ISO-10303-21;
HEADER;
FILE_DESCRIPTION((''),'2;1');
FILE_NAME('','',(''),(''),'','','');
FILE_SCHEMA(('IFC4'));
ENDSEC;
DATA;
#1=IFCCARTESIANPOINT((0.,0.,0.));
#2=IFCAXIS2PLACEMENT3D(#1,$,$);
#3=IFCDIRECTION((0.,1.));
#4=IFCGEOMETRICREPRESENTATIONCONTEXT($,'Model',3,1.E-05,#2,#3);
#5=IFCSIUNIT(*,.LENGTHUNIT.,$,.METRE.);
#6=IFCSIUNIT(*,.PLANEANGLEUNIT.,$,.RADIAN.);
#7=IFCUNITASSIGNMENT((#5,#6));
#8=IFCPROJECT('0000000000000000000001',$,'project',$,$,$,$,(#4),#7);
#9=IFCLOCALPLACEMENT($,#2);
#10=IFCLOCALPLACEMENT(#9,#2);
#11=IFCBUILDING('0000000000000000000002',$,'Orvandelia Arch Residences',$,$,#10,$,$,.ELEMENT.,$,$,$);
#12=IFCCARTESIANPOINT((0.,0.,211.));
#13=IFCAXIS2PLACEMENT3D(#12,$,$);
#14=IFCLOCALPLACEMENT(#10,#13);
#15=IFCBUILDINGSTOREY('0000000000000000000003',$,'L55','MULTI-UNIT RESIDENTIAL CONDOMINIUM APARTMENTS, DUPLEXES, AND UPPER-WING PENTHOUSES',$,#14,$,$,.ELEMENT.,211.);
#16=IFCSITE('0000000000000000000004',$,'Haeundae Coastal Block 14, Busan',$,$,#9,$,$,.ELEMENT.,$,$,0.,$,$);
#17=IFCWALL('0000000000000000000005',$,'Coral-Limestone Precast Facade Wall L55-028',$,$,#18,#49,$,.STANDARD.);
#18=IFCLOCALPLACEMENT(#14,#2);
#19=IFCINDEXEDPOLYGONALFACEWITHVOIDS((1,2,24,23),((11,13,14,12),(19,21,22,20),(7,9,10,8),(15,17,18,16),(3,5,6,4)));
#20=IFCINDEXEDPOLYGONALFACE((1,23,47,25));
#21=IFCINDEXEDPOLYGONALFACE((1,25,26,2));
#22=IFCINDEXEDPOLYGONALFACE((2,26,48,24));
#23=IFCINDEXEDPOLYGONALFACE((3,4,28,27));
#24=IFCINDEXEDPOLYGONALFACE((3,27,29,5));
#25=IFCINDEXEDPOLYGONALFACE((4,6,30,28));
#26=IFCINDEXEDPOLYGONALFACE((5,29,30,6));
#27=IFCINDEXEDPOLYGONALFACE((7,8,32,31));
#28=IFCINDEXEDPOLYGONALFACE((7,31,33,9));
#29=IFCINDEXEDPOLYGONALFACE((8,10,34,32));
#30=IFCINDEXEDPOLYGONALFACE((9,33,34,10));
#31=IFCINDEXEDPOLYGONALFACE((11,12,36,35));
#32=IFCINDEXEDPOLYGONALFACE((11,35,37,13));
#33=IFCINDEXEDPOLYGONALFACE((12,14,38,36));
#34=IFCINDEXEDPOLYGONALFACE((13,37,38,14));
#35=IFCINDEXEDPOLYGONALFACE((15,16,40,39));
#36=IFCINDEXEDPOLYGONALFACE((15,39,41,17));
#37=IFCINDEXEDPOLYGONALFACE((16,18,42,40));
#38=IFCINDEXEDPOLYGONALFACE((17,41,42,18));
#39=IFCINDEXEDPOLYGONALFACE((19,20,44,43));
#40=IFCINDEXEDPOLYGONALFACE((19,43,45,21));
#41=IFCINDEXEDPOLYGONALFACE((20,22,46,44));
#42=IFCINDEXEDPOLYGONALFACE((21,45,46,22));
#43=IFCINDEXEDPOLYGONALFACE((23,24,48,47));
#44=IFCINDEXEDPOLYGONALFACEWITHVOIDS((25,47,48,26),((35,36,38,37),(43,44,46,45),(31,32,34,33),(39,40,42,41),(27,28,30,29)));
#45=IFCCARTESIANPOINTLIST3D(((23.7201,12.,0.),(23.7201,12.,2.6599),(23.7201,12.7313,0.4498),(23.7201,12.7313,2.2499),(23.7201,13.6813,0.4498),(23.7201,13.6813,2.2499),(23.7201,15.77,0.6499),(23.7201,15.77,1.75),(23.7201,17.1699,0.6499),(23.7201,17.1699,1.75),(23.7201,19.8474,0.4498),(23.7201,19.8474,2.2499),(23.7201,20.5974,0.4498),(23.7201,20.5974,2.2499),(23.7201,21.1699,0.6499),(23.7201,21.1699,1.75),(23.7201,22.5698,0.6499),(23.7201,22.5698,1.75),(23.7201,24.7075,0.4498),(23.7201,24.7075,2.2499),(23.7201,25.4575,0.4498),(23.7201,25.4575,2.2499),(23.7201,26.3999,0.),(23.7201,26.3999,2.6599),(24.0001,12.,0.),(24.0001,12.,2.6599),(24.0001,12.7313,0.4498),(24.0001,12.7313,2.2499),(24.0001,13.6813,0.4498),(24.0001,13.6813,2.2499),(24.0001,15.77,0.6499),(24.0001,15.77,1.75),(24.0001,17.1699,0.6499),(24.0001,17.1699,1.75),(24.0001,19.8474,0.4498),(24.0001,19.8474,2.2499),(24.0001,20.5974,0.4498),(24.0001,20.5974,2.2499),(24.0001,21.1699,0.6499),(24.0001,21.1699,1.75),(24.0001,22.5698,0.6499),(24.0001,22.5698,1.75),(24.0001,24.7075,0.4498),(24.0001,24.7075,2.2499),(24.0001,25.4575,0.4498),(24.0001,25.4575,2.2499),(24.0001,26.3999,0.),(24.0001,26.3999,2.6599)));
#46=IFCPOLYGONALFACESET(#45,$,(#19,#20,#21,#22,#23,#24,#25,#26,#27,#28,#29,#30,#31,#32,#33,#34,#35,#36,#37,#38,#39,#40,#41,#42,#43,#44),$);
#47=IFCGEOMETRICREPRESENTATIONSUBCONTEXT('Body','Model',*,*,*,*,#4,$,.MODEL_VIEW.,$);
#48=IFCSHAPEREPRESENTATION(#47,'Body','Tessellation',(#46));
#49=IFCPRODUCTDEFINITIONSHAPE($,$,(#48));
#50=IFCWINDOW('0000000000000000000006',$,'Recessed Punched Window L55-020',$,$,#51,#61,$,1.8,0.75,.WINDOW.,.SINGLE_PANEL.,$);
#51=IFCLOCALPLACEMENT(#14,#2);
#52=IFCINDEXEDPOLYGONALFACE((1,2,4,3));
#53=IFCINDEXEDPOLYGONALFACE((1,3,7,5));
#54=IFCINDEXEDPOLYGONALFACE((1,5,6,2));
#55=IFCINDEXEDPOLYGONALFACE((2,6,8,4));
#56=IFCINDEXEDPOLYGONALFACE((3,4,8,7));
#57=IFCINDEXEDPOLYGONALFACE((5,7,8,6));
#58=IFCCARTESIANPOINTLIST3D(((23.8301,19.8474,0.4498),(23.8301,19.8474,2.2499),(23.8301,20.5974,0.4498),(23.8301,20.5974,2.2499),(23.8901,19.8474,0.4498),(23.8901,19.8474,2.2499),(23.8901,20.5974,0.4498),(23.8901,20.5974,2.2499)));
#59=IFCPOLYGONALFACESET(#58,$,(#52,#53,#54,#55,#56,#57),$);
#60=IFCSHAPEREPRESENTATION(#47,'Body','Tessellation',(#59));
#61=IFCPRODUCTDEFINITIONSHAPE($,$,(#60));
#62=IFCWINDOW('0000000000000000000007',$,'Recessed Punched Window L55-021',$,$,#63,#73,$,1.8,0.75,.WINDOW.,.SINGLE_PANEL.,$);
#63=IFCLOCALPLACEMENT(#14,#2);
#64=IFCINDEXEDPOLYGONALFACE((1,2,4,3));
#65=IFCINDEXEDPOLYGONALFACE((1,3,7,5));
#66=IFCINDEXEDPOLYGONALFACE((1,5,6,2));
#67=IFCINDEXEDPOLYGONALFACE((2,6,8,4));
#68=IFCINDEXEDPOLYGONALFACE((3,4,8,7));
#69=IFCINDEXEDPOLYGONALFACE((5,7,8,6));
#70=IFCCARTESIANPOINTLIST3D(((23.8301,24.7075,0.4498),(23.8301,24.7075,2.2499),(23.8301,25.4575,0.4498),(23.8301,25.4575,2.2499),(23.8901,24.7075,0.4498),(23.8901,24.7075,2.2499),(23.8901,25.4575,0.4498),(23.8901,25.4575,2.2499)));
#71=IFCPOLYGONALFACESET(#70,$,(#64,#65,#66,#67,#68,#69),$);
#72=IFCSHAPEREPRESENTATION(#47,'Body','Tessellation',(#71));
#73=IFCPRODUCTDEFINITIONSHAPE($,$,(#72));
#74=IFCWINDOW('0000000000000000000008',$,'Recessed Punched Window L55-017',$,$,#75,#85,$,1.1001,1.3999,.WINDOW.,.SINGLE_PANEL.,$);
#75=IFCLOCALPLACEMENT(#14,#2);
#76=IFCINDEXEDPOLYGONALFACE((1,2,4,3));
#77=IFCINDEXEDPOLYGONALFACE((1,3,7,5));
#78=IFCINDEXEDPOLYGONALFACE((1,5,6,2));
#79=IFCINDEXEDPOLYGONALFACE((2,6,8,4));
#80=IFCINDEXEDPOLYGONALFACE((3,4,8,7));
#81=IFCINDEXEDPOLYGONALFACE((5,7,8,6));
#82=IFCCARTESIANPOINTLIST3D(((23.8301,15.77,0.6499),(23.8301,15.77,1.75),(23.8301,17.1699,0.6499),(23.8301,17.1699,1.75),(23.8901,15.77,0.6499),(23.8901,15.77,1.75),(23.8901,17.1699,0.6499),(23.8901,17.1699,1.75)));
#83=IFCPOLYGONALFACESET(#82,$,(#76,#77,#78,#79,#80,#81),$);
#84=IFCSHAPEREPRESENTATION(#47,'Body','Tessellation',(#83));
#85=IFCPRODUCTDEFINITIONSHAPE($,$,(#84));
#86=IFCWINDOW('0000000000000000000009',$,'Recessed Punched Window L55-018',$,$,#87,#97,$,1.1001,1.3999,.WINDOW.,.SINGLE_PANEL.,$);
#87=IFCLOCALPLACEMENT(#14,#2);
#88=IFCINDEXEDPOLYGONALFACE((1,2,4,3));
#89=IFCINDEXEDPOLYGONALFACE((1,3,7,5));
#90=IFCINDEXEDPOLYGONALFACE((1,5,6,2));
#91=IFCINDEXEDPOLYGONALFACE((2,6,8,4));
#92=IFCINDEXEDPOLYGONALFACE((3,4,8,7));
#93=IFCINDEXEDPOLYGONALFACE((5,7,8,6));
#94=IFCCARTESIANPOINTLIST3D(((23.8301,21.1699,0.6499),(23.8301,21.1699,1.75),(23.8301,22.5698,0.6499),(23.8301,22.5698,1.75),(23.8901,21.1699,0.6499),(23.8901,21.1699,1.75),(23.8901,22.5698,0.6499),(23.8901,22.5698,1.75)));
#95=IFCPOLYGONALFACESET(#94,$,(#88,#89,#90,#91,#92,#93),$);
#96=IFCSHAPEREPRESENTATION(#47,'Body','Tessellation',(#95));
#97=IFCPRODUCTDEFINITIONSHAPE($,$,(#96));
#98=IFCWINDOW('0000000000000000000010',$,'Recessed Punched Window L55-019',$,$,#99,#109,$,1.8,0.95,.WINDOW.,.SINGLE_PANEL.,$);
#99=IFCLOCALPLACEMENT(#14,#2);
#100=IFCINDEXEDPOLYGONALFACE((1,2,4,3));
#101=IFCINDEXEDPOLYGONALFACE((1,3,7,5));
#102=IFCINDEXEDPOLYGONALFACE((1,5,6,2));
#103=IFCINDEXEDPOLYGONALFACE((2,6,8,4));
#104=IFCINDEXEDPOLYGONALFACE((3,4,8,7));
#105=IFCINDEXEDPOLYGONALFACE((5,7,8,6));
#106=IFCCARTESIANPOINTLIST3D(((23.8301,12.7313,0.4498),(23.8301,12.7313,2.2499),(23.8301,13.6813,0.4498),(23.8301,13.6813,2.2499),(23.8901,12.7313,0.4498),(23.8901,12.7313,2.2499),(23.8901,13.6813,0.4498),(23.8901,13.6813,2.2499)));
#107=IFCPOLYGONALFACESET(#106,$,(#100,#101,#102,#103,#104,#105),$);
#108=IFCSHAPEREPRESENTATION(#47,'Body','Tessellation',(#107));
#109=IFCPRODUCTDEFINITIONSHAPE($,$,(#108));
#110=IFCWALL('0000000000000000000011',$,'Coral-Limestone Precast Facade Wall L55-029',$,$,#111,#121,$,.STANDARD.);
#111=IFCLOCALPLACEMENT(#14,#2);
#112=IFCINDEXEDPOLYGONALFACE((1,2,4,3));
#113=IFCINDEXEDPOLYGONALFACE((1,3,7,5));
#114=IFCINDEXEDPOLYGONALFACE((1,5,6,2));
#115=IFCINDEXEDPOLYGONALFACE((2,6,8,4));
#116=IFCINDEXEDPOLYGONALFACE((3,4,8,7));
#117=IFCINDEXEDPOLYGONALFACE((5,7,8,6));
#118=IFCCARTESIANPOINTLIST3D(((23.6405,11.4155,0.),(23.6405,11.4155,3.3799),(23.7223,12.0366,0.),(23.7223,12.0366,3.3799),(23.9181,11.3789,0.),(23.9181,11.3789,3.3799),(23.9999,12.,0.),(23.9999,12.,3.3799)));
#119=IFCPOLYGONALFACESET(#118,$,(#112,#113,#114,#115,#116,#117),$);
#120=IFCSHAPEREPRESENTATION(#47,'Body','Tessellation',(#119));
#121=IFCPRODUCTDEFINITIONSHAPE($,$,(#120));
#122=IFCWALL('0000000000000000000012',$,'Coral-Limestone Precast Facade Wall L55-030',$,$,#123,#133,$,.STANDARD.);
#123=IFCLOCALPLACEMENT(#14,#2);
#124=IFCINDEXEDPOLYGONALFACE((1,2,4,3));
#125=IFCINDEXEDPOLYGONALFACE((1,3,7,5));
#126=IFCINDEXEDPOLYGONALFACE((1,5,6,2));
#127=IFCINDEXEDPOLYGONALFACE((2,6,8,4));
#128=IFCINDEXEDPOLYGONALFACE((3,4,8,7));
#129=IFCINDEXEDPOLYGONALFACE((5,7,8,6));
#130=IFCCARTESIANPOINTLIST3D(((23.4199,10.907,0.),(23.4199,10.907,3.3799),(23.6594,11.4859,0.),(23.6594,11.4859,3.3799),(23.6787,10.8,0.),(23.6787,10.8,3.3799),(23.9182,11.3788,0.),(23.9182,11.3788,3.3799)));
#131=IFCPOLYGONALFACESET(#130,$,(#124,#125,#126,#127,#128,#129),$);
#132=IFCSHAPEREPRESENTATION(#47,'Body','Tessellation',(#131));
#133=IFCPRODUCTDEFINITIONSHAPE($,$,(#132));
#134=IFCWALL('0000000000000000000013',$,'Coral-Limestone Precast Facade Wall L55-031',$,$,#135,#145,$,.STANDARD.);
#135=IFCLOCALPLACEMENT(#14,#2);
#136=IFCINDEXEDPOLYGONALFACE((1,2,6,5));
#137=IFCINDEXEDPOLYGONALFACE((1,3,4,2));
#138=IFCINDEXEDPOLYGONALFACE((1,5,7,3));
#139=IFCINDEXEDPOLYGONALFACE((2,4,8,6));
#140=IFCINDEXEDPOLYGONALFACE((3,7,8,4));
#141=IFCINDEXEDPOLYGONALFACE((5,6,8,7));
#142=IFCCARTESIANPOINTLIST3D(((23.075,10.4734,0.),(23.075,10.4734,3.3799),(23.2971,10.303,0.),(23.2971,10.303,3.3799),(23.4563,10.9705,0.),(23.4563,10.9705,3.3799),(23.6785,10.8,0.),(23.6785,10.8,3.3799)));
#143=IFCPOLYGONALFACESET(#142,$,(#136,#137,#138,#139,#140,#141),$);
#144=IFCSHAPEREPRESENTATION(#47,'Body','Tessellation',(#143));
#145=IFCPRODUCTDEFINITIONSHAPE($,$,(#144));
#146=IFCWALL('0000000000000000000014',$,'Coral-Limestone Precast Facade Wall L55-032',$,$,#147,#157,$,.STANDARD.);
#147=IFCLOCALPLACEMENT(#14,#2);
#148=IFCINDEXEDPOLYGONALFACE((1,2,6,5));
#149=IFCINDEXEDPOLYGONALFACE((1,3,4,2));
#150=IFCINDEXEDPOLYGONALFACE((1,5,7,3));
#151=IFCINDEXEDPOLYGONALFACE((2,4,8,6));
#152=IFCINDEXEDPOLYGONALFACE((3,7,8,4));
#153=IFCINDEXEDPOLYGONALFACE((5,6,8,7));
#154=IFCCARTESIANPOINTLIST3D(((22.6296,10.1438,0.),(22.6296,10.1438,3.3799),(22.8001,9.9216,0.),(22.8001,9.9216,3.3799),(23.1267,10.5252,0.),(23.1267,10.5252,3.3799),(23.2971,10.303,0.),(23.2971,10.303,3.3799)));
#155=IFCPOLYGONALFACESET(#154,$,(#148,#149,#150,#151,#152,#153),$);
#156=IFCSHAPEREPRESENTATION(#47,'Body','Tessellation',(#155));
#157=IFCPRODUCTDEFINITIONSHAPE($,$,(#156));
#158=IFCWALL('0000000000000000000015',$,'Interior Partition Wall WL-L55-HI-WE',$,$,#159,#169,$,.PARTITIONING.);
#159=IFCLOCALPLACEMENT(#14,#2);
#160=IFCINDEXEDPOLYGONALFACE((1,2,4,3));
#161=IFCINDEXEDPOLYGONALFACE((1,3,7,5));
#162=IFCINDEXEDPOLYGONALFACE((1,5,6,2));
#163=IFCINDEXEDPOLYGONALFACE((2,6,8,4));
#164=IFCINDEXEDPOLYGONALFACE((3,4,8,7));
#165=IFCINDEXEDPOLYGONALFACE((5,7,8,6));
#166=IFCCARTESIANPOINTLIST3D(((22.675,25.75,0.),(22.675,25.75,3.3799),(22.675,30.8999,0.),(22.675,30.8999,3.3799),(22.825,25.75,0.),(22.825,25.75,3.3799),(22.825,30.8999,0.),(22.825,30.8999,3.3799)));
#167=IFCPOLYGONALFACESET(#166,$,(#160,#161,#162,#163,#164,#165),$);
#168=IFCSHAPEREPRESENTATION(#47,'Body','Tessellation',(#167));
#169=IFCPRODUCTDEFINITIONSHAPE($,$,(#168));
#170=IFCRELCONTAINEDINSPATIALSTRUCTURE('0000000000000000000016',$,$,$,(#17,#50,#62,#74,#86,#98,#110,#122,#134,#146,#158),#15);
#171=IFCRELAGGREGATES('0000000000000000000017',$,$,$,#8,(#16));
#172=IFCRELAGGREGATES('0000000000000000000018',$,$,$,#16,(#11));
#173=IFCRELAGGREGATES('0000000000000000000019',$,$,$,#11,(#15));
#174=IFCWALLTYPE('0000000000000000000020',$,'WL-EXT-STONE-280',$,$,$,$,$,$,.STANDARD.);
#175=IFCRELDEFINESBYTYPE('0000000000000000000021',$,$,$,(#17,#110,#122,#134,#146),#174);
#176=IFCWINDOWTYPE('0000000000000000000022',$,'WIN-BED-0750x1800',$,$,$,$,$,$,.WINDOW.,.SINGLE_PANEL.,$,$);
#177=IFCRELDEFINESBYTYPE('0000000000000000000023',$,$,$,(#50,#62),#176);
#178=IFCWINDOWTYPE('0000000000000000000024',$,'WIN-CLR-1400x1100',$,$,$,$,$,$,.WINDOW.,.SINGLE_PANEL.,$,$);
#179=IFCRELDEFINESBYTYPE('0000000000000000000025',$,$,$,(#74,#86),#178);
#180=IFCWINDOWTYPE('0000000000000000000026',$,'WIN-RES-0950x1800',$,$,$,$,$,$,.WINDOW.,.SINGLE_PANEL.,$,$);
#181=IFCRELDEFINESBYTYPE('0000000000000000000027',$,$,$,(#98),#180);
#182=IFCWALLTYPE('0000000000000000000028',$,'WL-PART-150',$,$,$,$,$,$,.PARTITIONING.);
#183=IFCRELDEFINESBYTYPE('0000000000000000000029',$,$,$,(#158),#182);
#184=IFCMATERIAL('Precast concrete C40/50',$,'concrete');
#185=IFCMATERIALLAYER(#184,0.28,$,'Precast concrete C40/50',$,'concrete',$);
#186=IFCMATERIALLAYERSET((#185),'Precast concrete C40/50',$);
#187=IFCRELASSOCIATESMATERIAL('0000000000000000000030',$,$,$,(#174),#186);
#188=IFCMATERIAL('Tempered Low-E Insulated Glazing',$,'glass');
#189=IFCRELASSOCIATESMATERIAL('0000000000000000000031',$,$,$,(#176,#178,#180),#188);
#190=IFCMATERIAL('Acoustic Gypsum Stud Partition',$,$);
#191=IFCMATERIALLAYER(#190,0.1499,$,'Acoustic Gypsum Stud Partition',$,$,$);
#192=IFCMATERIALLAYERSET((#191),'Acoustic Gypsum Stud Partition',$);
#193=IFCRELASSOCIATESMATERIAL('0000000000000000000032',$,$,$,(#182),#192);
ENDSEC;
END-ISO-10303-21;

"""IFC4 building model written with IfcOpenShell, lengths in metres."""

from ifc_helpers import new_model, si_unit, direction, frame, frame_2d, origin, place, context, subcontext, project, spatial, rectangle, extrude, material, layer, layer_set, type_object, element, fill, save


model = new_model("IFC4")

# Units and contexts
model_context = context("Model", 3, precision=1e-05, world=origin(), true_north=direction((0.0, 1.0)))
body_context = subcontext(model_context, "Body", "Model", "MODEL_VIEW")
ifc_project = project(units=[si_unit("LENGTHUNIT", "METRE"), si_unit("PLANEANGLEUNIT", "RADIAN")], contexts=[model_context])

# Site, building, storey
site_placement = place(None, origin())
site = spatial("IfcSite", under=ifc_project, at=site_placement, Name="Haeundae Coastal Block 14, Busan", CompositionType="ELEMENT", RefElevation=0.0)
building_placement = place(site_placement, origin())
building = spatial("IfcBuilding", under=site, at=building_placement, Name="Orvandelia Arch Residences", CompositionType="ELEMENT")
storey_placement = place(building_placement, frame((0.0, 0.0, 211.0)))
storey = spatial("IfcBuildingStorey", under=building, at=storey_placement, Name="L55", Description="MULTI-UNIT RESIDENTIAL CONDOMINIUM APARTMENTS, DUPLEXES, AND UPPER-WING PENTHOUSES", CompositionType="ELEMENT", Elevation=211.0)

# Shared definitions
ifc_material_1 = material(Name="Precast concrete C40/50", Category="concrete")
ifc_layer_1 = layer(ifc_material_1, 0.28, Name="Precast concrete C40/50", Category="concrete")
ifc_layer_set_1 = layer_set([ifc_layer_1], Name="Precast concrete C40/50")
wall_type_1 = type_object("IfcWallType", Name="WL-EXT-STONE-280", PredefinedType="STANDARD", material=ifc_layer_set_1)

# Wall, openings, windows
wall_1_placement = place(storey_placement, frame((23.8601, 26.3999, 0.0), z_axis=(0.0, 0.0, 1.0), x_axis=(0.0, -1.0, 0.0)))
wall_1 = element("IfcWall", 1, at=wall_1_placement, inside=storey, type_object=wall_type_1, Name="Coral-Limestone Precast Facade Wall L55-028", PredefinedType="STANDARD", context=body_context, shape_type="SweptSolid", body=[
    extrude(rectangle(XDim=14.3999, YDim=0.28, at=frame_2d((7.2, 0.0))), origin(), (0.0, 0.0, 1.0), 2.6599),
])
opening_1_placement = place(wall_1_placement, frame((9.23, 0.0, 0.6499)))
opening_1 = element("IfcOpeningElement", 2, at=opening_1_placement, cuts=wall_1, PredefinedType="OPENING", context=body_context, shape_type="SweptSolid", body=[
    extrude(rectangle(XDim=1.3999, YDim=1.1001, at=frame_2d((0.7, 0.55))), frame((0.0, 0.1499, 0.0), z_axis=(0.0, -1.0, 0.0), x_axis=(1.0, 0.0, 0.0)), (0.0, 0.0, 1.0), 0.3),
])
opening_2_placement = place(wall_1_placement, frame((3.8301, 0.0, 0.6499)))
opening_2 = element("IfcOpeningElement", 3, at=opening_2_placement, cuts=wall_1, PredefinedType="OPENING", context=body_context, shape_type="SweptSolid", body=[
    extrude(rectangle(XDim=1.3999, YDim=1.1001, at=frame_2d((0.7, 0.55))), frame((0.0, 0.1499, 0.0), z_axis=(0.0, -1.0, 0.0), x_axis=(1.0, 0.0, 0.0)), (0.0, 0.0, 1.0), 0.3),
])
opening_3_placement = place(wall_1_placement, frame((12.7185, 0.0, 0.45)))
opening_3 = element("IfcOpeningElement", 4, at=opening_3_placement, cuts=wall_1, PredefinedType="OPENING", context=body_context, shape_type="SweptSolid", body=[
    extrude(rectangle(XDim=0.95, YDim=1.8, at=frame_2d((0.4751, 0.8999))), frame((0.0, 0.1499, 0.0), z_axis=(0.0, -1.0, 0.0), x_axis=(1.0, 0.0, 0.0)), (0.0, 0.0, 1.0), 0.3),
])
opening_4_placement = place(wall_1_placement, frame((5.8025, 0.0, 0.45)))
opening_4 = element("IfcOpeningElement", 5, at=opening_4_placement, cuts=wall_1, PredefinedType="OPENING", context=body_context, shape_type="SweptSolid", body=[
    extrude(rectangle(XDim=0.75, YDim=1.8, at=frame_2d((0.375, 0.8999))), frame((0.0, 0.1499, 0.0), z_axis=(0.0, -1.0, 0.0), x_axis=(1.0, 0.0, 0.0)), (0.0, 0.0, 1.0), 0.3),
])
opening_5_placement = place(wall_1_placement, frame((0.9424, 0.0, 0.45)))
opening_5 = element("IfcOpeningElement", 6, at=opening_5_placement, cuts=wall_1, PredefinedType="OPENING", context=body_context, shape_type="SweptSolid", body=[
    extrude(rectangle(XDim=0.75, YDim=1.8, at=frame_2d((0.375, 0.8999))), frame((0.0, 0.1499, 0.0), z_axis=(0.0, -1.0, 0.0), x_axis=(1.0, 0.0, 0.0)), (0.0, 0.0, 1.0), 0.3),
])
ifc_material_2 = material(Name="Tempered Low-E Insulated Glazing", Category="glass")
window_type_1 = type_object("IfcWindowType", Name="WIN-BED-0750x1800", PartitioningType="SINGLE_PANEL", PredefinedType="WINDOW", material=ifc_material_2)
window_1_placement = place(opening_4_placement, origin())
window_1 = element("IfcWindow", 7, at=window_1_placement, inside=storey, type_object=window_type_1, Name="Recessed Punched Window L55-020", OverallHeight=1.8, OverallWidth=0.75, PartitioningType="SINGLE_PANEL", PredefinedType="WINDOW", context=body_context, shape_type="SweptSolid", body=[
    extrude(rectangle(XDim=0.75, YDim=1.8, at=frame_2d((0.375, 0.8999))), frame((0.0, 0.03, 0.0), z_axis=(0.0, -1.0, 0.0), x_axis=(1.0, 0.0, 0.0)), (0.0, 0.0, 1.0), 0.0601),
])
fill(opening_4, window_1)
window_2_placement = place(opening_5_placement, origin())
window_2 = element("IfcWindow", 8, at=window_2_placement, inside=storey, type_object=window_type_1, Name="Recessed Punched Window L55-021", OverallHeight=1.8, OverallWidth=0.75, PartitioningType="SINGLE_PANEL", PredefinedType="WINDOW", context=body_context, shape_type="SweptSolid", body=[
    extrude(rectangle(XDim=0.75, YDim=1.8, at=frame_2d((0.375, 0.8999))), frame((0.0, 0.03, 0.0), z_axis=(0.0, -1.0, 0.0), x_axis=(1.0, 0.0, 0.0)), (0.0, 0.0, 1.0), 0.0601),
])
fill(opening_5, window_2)
window_type_2 = type_object("IfcWindowType", Name="WIN-CLR-1400x1100", PartitioningType="SINGLE_PANEL", PredefinedType="WINDOW", material=ifc_material_2)
window_3_placement = place(opening_1_placement, origin())
window_3 = element("IfcWindow", 9, at=window_3_placement, inside=storey, type_object=window_type_2, Name="Recessed Punched Window L55-017", OverallHeight=1.1001, OverallWidth=1.3999, PartitioningType="SINGLE_PANEL", PredefinedType="WINDOW", context=body_context, shape_type="SweptSolid", body=[
    extrude(rectangle(XDim=1.3999, YDim=1.1001, at=frame_2d((0.7, 0.55))), frame((0.0, 0.03, 0.0), z_axis=(0.0, -1.0, 0.0), x_axis=(1.0, 0.0, 0.0)), (0.0, 0.0, 1.0), 0.0601),
])
fill(opening_1, window_3)
window_4_placement = place(opening_2_placement, origin())
window_4 = element("IfcWindow", 10, at=window_4_placement, inside=storey, type_object=window_type_2, Name="Recessed Punched Window L55-018", OverallHeight=1.1001, OverallWidth=1.3999, PartitioningType="SINGLE_PANEL", PredefinedType="WINDOW", context=body_context, shape_type="SweptSolid", body=[
    extrude(rectangle(XDim=1.3999, YDim=1.1001, at=frame_2d((0.7, 0.55))), frame((0.0, 0.03, 0.0), z_axis=(0.0, -1.0, 0.0), x_axis=(1.0, 0.0, 0.0)), (0.0, 0.0, 1.0), 0.0601),
])
fill(opening_2, window_4)
window_type_3 = type_object("IfcWindowType", Name="WIN-RES-0950x1800", PartitioningType="SINGLE_PANEL", PredefinedType="WINDOW", material=ifc_material_2)
window_5_placement = place(opening_3_placement, origin())
window_5 = element("IfcWindow", 11, at=window_5_placement, inside=storey, type_object=window_type_3, Name="Recessed Punched Window L55-019", OverallHeight=1.8, OverallWidth=0.95, PartitioningType="SINGLE_PANEL", PredefinedType="WINDOW", context=body_context, shape_type="SweptSolid", body=[
    extrude(rectangle(XDim=0.95, YDim=1.8, at=frame_2d((0.4751, 0.8999))), frame((0.0, 0.03, 0.0), z_axis=(0.0, -1.0, 0.0), x_axis=(1.0, 0.0, 0.0)), (0.0, 0.0, 1.0), 0.0601),
])
fill(opening_3, window_5)

# Walls
for number, where, z_axis, x_axis, name in (
    (12, (23.8611, 12.0183, 0.0), (0.0, 0.0, 1.0), (-0.130555, -0.991441, 0.0), "Coral-Limestone Precast Facade Wall L55-029"),
    (13, (23.7888, 11.4324, 0.0), (0.0, 0.0, 1.0), (-0.382317, -0.924031, 0.0), "Coral-Limestone Precast Facade Wall L55-030"),
    (14, (23.5674, 10.8853, 0.0), (0.0, 0.0, 1.0), (-0.608693, -0.793406, 0.0), "Coral-Limestone Precast Facade Wall L55-031"),
    (15, (23.2119, 10.4141, 0.0), (0.0, 0.0, 1.0), (-0.793406, -0.608693, 0.0), "Coral-Limestone Precast Facade Wall L55-032"),
):
    element("IfcWall", number, at=place(storey_placement, frame(where, z_axis=z_axis, x_axis=x_axis)), inside=storey, type_object=wall_type_1, Name=name, PredefinedType="STANDARD", context=body_context, shape_type="SweptSolid", body=[
        extrude(rectangle(XDim=0.6265, YDim=0.28, at=frame_2d((0.3132, 0.0))), origin(), (0.0, 0.0, 1.0), 3.3799),
    ])
ifc_material_3 = material(Name="Acoustic Gypsum Stud Partition")
ifc_layer_2 = layer(ifc_material_3, 0.1499, Name="Acoustic Gypsum Stud Partition")
ifc_layer_set_2 = layer_set([ifc_layer_2], Name="Acoustic Gypsum Stud Partition")
wall_type_2 = type_object("IfcWallType", Name="WL-PART-150", PredefinedType="PARTITIONING", material=ifc_layer_set_2)
wall_2_placement = place(storey_placement, frame((22.75, 25.75, 0.0), z_axis=(0.0, 0.0, 1.0), x_axis=(0.0, 1.0, 0.0)))
element("IfcWall", 16, at=wall_2_placement, inside=storey, type_object=wall_type_2, Name="Interior Partition Wall WL-L55-HI-WE", PredefinedType="PARTITIONING", context=body_context, shape_type="SweptSolid", body=[
    extrude(rectangle(XDim=5.1499, YDim=0.1499, at=frame_2d((2.575, 0.0))), origin(), (0.0, 0.0, 1.0), 3.3799),
])

save(model, "model.ifc")
